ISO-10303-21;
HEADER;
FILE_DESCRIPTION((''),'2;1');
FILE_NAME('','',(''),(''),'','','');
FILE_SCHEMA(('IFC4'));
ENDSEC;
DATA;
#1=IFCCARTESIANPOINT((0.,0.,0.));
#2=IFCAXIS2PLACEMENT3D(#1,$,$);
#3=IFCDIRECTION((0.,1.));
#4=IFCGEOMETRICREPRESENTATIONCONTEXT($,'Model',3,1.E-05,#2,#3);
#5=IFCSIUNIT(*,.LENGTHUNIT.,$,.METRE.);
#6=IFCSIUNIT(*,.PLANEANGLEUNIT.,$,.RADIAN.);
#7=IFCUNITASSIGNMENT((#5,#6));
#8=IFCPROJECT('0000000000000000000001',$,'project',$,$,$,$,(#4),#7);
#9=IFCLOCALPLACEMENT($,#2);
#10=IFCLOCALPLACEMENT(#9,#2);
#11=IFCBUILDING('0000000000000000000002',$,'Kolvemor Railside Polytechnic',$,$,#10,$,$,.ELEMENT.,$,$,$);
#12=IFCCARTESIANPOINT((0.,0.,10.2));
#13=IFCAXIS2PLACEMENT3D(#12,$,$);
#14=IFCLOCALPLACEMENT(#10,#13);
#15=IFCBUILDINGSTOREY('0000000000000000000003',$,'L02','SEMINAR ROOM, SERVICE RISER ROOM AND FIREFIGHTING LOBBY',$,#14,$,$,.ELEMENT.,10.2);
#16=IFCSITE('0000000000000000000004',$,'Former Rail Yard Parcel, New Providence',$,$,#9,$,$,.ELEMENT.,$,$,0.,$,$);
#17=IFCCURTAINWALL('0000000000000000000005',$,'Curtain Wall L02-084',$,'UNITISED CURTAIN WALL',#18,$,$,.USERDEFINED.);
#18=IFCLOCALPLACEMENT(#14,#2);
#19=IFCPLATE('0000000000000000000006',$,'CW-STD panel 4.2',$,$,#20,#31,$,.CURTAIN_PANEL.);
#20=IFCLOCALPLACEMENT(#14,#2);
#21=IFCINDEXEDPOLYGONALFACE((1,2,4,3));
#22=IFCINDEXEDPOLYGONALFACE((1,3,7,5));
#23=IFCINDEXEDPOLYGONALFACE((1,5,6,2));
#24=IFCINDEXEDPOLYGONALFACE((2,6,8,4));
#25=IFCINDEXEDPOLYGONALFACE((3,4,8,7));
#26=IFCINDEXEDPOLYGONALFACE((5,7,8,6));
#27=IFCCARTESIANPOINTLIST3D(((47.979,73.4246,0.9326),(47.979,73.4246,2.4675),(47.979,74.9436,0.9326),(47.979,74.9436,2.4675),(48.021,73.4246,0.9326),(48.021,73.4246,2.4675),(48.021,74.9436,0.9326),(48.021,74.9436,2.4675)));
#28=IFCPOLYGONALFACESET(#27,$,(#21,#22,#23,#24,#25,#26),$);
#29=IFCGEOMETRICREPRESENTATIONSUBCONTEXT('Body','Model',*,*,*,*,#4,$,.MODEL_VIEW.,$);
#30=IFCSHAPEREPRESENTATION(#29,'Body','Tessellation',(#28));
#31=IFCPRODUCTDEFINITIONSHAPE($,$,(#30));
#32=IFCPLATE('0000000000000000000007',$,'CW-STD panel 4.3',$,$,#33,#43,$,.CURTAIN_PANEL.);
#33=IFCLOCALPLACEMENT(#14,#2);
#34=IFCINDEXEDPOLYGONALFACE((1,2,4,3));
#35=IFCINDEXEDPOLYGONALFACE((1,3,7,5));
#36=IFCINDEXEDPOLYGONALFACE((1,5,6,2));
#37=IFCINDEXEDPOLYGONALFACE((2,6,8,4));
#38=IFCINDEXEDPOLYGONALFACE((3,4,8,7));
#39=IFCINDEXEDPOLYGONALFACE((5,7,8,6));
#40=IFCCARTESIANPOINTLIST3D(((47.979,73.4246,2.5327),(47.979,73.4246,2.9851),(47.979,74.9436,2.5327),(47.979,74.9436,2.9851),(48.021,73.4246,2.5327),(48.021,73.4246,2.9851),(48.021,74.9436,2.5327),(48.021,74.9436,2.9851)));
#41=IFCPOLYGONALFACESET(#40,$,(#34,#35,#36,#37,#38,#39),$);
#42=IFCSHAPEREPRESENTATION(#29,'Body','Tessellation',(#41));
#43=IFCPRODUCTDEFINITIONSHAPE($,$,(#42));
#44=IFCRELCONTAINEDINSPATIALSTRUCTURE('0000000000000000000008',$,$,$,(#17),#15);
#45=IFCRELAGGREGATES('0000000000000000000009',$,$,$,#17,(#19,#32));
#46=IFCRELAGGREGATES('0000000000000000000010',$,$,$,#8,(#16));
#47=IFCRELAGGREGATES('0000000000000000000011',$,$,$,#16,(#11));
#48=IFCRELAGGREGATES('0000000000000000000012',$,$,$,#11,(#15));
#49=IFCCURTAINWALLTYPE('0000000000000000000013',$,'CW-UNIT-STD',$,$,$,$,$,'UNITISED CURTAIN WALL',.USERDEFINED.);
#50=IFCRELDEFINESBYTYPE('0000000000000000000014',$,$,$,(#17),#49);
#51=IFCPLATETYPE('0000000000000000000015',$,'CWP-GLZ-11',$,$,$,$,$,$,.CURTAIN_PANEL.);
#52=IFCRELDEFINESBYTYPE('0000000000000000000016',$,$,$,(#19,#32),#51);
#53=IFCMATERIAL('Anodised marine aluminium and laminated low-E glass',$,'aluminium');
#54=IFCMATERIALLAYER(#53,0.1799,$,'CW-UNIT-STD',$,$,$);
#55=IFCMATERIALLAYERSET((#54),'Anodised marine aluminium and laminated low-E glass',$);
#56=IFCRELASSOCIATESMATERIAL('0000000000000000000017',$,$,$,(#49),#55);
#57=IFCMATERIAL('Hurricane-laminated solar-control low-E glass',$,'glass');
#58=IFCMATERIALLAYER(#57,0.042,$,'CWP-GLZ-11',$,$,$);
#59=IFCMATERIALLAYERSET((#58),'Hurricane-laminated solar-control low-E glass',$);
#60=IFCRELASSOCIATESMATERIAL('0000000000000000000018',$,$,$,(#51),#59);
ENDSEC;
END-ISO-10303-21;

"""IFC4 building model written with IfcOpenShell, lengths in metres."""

from ifc_helpers import new_model, si_unit, direction, frame, origin, origin_2d, place, context, subcontext, project, spatial, rectangle, extrude, material, layer, layer_set, type_object, element, aggregate, save


model = new_model("IFC4")

# Units and contexts
model_context = context("Model", 3, precision=1e-05, world=origin(), true_north=direction((0.0, 1.0)))
body_context = subcontext(model_context, "Body", "Model", "MODEL_VIEW")
ifc_project = project(units=[si_unit("LENGTHUNIT", "METRE"), si_unit("PLANEANGLEUNIT", "RADIAN")], contexts=[model_context])

# Site, building, storey
site_placement = place(None, origin())
site = spatial("IfcSite", under=ifc_project, at=site_placement, Name="Former Rail Yard Parcel, New Providence", CompositionType="ELEMENT", RefElevation=0.0)
building_placement = place(site_placement, origin())
building = spatial("IfcBuilding", under=site, at=building_placement, Name="Kolvemor Railside Polytechnic", CompositionType="ELEMENT")
storey_placement = place(building_placement, frame((0.0, 0.0, 10.2)))
storey = spatial("IfcBuildingStorey", under=building, at=storey_placement, Name="L02", Description="SEMINAR ROOM, SERVICE RISER ROOM AND FIREFIGHTING LOBBY", CompositionType="ELEMENT", Elevation=10.2)

# Curtain wall, plates
ifc_material_1 = material(Name="Anodised marine aluminium and laminated low-E glass", Category="aluminium")
ifc_layer_1 = layer(ifc_material_1, 0.1799, Name="CW-UNIT-STD")
ifc_layer_set_1 = layer_set([ifc_layer_1], Name="Anodised marine aluminium and laminated low-E glass")
curtain_wall_type = type_object("IfcCurtainWallType", Name="CW-UNIT-STD", ElementType="UNITISED CURTAIN WALL", PredefinedType="USERDEFINED", material=ifc_layer_set_1)
curtain_wall_placement = place(storey_placement, origin())
curtain_wall = element("IfcCurtainWall", 1, at=curtain_wall_placement, inside=storey, type_object=curtain_wall_type, Name="Curtain Wall L02-084", ObjectType="UNITISED CURTAIN WALL", PredefinedType="USERDEFINED")
ifc_material_2 = material(Name="Hurricane-laminated solar-control low-E glass", Category="glass")
ifc_layer_2 = layer(ifc_material_2, 0.042, Name="CWP-GLZ-11")
ifc_layer_set_2 = layer_set([ifc_layer_2], Name="Hurricane-laminated solar-control low-E glass")
plate_type = type_object("IfcPlateType", Name="CWP-GLZ-11", PredefinedType="CURTAIN_PANEL", material=ifc_layer_set_2)
plate_1_placement = place(storey_placement, frame((48.0, 74.1841, 0.9326), z_axis=(0.0, 0.0, 1.0), x_axis=(0.0, 1.0, 0.0)))
plate_1 = element("IfcPlate", 2, at=plate_1_placement, type_object=plate_type, Name="CW-STD panel 4.2", PredefinedType="CURTAIN_PANEL", context=body_context, shape_type="SweptSolid", body=[
    extrude(rectangle(XDim=1.519, YDim=0.042, at=origin_2d()), origin(), (0.0, 0.0, 1.0), 1.5349),
])
plate_2_placement = place(storey_placement, frame((48.0, 74.1841, 2.5327), z_axis=(0.0, 0.0, 1.0), x_axis=(0.0, 1.0, 0.0)))
plate_2 = element("IfcPlate", 3, at=plate_2_placement, type_object=plate_type, Name="CW-STD panel 4.3", PredefinedType="CURTAIN_PANEL", context=body_context, shape_type="SweptSolid", body=[
    extrude(rectangle(XDim=1.519, YDim=0.042, at=origin_2d()), origin(), (0.0, 0.0, 1.0), 0.4524),
])
aggregate(curtain_wall, [plate_1, plate_2])

save(model, "model.ifc")
